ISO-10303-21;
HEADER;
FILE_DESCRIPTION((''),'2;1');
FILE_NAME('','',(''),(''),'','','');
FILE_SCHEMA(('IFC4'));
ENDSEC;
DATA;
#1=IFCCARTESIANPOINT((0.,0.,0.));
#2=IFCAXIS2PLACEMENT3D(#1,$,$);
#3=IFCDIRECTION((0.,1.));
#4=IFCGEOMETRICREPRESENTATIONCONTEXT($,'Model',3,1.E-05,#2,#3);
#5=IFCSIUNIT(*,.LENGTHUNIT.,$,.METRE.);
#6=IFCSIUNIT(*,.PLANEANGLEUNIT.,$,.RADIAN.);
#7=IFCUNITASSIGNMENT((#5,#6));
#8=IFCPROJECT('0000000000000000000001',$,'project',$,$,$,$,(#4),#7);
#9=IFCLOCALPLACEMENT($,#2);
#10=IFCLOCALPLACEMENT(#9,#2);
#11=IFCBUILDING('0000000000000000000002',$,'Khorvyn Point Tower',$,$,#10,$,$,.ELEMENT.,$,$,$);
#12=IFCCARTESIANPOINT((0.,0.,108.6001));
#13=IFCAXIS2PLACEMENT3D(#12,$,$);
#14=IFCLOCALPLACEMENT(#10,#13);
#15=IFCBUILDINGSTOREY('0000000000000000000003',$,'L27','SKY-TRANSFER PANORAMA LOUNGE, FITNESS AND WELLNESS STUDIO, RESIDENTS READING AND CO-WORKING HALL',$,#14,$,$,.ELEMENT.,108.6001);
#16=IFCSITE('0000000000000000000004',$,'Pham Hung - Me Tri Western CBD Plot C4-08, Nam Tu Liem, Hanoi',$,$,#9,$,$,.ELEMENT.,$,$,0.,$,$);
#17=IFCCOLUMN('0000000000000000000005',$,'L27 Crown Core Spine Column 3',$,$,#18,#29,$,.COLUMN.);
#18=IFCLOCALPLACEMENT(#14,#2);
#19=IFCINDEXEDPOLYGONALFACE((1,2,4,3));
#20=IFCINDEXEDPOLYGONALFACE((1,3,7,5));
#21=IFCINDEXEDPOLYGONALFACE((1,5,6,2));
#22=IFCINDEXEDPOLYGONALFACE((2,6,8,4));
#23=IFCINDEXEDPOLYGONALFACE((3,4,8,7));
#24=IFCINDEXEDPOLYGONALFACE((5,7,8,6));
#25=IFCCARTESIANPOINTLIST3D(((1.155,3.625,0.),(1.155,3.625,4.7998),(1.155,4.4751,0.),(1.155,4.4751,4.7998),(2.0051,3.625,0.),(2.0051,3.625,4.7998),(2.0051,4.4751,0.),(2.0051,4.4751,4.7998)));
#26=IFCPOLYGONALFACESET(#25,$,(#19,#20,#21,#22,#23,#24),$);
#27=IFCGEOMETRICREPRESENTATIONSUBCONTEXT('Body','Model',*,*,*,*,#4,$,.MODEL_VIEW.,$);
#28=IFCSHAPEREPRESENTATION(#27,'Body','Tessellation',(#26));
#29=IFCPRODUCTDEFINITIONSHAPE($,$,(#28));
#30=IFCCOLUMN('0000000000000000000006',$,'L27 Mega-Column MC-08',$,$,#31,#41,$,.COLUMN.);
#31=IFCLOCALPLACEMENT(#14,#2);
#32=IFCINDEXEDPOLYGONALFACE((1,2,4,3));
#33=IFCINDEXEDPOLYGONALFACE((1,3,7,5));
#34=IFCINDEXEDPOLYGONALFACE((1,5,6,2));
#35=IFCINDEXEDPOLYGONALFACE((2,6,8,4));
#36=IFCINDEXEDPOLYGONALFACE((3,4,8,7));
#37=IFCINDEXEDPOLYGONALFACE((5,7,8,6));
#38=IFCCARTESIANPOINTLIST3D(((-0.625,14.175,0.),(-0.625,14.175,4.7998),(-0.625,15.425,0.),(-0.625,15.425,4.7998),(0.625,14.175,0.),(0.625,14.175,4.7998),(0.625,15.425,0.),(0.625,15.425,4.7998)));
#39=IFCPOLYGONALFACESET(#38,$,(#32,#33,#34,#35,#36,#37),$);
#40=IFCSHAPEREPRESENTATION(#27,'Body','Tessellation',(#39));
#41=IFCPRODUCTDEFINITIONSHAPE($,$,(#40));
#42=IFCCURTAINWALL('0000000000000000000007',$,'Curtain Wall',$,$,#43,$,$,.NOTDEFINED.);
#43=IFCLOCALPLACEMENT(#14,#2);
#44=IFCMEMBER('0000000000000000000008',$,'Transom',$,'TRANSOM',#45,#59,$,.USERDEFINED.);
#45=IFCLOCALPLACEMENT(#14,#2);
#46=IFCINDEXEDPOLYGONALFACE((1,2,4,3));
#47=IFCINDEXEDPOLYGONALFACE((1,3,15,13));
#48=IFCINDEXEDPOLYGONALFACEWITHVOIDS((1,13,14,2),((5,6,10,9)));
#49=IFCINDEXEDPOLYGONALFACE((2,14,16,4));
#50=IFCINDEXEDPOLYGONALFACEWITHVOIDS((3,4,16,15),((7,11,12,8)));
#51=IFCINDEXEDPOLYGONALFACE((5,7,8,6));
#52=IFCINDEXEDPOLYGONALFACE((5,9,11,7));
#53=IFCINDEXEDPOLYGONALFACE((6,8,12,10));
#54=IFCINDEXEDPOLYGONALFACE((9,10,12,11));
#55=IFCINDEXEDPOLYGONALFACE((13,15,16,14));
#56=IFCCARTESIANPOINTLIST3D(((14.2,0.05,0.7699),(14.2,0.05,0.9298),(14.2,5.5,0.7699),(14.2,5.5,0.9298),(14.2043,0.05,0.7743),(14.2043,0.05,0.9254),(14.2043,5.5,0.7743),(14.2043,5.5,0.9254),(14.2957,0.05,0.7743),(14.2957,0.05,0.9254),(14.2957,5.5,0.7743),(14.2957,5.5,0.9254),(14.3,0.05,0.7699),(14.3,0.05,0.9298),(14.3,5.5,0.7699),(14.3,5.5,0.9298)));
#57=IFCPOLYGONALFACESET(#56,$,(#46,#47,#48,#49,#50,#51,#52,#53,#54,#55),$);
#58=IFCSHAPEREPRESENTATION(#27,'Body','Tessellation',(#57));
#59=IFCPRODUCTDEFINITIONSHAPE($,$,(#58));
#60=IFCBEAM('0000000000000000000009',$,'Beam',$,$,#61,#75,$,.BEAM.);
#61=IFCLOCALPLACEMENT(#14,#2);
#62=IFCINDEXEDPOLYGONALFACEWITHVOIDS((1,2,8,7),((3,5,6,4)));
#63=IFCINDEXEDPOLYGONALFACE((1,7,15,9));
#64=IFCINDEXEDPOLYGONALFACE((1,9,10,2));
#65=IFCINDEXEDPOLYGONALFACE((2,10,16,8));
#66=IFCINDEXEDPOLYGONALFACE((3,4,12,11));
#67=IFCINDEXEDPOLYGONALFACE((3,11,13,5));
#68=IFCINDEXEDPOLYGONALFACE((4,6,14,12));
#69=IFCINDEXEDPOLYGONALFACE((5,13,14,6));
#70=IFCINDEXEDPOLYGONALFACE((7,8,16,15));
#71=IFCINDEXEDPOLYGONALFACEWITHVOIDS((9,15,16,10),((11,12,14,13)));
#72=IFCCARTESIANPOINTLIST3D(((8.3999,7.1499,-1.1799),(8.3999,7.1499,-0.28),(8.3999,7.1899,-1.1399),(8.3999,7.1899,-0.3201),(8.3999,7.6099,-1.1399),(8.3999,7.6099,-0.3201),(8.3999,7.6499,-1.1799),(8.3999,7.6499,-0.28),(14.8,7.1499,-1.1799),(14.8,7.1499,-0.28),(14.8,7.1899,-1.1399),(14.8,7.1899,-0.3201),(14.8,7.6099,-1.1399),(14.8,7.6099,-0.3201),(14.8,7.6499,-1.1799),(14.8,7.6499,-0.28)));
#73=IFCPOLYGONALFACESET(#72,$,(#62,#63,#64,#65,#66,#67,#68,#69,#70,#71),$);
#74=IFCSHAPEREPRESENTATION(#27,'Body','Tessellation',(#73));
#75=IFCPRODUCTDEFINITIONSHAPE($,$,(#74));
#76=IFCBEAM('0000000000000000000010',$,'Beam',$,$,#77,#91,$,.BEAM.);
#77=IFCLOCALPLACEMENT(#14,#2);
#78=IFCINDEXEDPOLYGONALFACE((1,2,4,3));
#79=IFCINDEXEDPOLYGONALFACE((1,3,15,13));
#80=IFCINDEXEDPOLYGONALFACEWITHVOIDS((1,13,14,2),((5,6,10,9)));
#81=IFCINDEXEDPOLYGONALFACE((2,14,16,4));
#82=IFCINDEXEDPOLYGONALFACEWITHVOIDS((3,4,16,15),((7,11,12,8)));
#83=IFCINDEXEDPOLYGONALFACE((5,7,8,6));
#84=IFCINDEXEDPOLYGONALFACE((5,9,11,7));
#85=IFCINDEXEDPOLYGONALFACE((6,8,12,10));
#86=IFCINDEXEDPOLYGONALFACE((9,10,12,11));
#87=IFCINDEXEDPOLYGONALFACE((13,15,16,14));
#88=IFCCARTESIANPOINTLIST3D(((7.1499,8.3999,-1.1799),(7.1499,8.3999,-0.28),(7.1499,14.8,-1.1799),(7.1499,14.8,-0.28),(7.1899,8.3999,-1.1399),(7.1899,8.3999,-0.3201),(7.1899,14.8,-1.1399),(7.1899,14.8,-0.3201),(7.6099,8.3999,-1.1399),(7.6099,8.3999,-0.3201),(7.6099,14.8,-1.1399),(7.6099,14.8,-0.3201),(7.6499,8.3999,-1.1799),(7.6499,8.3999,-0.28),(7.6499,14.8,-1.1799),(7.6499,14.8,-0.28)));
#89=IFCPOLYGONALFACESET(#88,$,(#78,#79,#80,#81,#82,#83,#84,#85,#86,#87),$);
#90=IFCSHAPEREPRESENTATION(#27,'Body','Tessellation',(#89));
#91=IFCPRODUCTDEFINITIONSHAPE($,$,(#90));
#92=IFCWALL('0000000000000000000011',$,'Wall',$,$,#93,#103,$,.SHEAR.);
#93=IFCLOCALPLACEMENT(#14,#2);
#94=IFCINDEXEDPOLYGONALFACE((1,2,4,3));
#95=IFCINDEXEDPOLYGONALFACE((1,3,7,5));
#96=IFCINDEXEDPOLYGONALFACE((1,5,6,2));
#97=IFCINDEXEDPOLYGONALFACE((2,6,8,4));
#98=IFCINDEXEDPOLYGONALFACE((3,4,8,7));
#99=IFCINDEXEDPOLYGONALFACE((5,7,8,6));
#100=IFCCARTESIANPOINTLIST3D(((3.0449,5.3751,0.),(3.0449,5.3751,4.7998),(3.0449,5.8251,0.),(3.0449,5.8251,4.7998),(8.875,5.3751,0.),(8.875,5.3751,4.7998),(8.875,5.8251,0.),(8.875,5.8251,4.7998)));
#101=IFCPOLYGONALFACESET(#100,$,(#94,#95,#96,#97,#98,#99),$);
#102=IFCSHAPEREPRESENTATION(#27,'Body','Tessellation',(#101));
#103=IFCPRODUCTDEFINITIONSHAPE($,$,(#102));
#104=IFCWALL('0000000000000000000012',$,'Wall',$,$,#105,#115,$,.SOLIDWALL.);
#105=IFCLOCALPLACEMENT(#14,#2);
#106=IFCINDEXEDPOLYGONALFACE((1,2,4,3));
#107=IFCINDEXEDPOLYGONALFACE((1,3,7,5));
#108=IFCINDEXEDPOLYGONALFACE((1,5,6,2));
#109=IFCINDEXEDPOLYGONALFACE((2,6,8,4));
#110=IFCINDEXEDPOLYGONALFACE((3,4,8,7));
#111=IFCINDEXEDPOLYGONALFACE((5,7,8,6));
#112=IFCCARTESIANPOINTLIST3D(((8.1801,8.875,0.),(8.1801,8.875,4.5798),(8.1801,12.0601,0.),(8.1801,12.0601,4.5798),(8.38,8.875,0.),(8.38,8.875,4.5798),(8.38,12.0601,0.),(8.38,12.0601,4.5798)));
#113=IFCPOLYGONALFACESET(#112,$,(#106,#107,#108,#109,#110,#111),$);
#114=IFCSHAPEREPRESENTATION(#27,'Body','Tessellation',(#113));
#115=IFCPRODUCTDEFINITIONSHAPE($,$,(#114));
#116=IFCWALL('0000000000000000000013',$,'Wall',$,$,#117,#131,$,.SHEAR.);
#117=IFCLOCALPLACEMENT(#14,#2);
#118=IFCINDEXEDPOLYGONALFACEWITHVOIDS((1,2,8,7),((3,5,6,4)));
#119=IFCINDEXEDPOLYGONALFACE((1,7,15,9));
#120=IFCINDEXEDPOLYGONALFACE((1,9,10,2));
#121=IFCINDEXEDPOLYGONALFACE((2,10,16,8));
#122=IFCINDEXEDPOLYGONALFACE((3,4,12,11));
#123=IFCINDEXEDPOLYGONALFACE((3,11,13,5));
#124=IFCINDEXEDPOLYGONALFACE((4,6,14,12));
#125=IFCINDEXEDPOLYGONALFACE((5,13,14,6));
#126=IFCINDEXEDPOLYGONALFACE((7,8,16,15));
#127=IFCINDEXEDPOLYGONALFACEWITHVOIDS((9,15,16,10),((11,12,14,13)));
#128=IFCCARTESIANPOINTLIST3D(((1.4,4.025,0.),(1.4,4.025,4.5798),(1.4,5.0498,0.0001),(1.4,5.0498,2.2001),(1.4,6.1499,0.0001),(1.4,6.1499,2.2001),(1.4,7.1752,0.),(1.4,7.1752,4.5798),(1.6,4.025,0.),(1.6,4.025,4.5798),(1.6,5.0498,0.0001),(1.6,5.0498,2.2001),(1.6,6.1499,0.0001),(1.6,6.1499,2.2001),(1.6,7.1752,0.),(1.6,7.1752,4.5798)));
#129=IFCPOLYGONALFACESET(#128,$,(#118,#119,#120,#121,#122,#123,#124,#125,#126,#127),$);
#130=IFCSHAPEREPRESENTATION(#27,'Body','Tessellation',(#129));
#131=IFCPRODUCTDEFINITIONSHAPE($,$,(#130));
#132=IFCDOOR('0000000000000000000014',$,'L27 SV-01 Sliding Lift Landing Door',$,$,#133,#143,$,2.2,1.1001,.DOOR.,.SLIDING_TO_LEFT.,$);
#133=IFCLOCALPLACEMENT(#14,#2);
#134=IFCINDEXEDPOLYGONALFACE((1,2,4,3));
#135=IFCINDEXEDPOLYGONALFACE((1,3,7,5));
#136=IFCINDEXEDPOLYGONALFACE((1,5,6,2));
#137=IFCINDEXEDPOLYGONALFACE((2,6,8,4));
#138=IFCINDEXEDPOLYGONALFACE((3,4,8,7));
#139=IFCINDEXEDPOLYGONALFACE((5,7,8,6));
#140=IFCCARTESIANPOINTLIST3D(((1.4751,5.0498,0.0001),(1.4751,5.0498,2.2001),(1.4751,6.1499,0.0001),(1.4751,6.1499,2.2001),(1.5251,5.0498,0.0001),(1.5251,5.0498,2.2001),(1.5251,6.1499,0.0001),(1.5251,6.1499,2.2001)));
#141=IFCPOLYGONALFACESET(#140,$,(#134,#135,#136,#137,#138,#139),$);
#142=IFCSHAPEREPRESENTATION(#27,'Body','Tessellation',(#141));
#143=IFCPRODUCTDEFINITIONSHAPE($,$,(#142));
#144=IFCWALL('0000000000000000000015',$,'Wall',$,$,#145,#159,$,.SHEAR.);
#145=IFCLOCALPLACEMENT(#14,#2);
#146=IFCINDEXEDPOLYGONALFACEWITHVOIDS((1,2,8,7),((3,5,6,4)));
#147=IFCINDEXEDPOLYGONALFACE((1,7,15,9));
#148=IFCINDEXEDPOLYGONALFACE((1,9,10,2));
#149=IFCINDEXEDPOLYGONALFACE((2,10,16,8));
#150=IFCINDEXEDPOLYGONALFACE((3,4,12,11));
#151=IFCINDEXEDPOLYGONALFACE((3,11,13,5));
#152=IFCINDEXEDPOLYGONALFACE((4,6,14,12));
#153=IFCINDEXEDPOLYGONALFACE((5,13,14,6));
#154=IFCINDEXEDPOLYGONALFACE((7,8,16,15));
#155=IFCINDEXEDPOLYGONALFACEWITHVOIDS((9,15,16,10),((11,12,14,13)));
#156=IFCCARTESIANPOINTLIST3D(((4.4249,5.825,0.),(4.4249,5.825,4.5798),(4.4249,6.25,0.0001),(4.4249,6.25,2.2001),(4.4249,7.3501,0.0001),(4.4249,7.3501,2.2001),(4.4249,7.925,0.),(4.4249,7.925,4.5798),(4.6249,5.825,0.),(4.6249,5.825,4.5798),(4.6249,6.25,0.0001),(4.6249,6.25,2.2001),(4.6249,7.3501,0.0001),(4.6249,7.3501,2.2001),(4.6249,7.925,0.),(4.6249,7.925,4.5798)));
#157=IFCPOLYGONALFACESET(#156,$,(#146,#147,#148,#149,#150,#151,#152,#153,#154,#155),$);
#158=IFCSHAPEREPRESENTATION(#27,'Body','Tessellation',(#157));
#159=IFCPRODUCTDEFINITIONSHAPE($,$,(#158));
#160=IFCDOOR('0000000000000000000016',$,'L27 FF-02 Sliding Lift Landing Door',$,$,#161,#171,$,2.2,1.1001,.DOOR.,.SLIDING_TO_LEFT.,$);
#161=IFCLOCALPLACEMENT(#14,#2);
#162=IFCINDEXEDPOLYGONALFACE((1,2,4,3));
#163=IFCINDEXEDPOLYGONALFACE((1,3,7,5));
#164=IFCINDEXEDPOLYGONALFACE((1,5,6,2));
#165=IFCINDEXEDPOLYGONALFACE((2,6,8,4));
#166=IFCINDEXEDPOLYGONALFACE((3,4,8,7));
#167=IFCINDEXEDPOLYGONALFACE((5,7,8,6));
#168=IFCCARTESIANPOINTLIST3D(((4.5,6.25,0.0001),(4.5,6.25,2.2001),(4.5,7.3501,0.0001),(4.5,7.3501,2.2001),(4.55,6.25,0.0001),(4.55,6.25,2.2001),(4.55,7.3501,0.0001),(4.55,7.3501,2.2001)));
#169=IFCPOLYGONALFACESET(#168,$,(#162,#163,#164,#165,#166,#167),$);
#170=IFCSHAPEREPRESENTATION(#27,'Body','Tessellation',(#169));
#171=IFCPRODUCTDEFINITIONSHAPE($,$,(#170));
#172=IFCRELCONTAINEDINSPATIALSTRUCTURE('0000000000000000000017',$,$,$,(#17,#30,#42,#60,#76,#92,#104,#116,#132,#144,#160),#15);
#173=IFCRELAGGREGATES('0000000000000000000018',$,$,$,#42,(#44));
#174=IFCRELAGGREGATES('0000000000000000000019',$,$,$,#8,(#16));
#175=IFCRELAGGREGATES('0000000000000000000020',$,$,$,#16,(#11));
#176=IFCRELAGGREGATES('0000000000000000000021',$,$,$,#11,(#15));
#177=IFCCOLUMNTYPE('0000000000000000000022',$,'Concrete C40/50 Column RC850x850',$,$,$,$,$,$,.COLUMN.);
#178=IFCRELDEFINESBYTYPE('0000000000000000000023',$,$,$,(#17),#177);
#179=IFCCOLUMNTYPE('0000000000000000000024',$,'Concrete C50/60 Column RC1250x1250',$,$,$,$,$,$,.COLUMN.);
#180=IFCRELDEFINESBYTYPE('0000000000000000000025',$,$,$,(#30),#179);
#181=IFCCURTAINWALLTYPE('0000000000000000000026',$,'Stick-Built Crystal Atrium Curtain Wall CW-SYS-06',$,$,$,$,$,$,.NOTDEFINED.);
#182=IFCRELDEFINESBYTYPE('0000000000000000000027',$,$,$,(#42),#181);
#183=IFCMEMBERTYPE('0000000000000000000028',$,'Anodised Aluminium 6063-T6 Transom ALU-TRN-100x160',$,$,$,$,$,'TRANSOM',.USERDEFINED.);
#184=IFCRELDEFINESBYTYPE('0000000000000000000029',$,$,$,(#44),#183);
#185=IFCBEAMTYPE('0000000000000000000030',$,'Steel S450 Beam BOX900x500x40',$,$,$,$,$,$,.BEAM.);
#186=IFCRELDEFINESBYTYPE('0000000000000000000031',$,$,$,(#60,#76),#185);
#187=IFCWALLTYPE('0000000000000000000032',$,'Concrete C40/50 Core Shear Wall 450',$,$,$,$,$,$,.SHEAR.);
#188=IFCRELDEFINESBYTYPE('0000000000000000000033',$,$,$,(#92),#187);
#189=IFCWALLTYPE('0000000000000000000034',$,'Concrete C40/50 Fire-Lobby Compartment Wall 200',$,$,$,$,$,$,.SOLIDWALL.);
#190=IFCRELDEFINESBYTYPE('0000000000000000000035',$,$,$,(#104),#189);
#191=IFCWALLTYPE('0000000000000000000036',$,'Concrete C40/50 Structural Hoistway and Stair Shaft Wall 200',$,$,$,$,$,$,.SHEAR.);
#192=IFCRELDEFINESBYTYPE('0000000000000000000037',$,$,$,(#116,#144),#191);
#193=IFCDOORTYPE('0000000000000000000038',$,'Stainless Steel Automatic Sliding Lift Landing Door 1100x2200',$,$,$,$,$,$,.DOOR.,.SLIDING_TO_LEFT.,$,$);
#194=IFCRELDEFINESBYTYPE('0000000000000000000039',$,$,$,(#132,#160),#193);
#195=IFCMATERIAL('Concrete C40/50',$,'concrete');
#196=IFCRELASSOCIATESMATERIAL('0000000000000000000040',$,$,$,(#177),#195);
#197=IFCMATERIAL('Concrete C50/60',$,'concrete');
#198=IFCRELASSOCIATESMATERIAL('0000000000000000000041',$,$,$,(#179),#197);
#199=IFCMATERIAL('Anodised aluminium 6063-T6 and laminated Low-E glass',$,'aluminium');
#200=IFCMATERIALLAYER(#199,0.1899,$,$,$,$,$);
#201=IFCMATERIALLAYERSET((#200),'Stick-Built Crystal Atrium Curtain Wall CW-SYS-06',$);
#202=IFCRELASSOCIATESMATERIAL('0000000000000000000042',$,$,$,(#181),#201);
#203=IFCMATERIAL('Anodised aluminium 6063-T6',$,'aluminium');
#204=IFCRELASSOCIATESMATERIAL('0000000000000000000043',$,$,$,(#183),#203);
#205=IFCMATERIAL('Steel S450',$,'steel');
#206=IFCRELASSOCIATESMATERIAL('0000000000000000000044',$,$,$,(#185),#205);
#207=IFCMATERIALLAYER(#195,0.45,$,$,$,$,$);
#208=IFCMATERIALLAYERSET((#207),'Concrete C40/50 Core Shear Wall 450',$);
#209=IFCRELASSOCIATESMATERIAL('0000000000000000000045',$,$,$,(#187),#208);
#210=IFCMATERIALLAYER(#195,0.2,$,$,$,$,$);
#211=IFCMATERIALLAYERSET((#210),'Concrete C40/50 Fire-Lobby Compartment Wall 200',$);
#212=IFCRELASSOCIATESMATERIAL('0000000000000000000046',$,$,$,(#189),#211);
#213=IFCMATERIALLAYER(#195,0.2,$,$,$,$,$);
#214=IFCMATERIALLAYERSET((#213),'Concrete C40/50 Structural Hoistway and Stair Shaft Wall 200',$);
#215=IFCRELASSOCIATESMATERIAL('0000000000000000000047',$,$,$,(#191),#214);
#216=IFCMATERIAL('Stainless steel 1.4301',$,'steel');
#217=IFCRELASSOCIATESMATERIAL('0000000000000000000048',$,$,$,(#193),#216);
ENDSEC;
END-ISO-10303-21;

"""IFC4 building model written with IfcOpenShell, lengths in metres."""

from ifc_helpers import new_model, si_unit, direction, frame, frame_2d, origin, origin_2d, place, context, subcontext, project, spatial, rectangle, hollow_rectangle, extrude, material, layer, layer_set, material_profile, profile_set, type_object, element, fill, aggregate, save


model = new_model("IFC4")

# Units and contexts
model_context = context("Model", 3, precision=1e-05, world=origin(), true_north=direction((0.0, 1.0)))
body_context = subcontext(model_context, "Body", "Model", "MODEL_VIEW")
ifc_project = project(units=[si_unit("LENGTHUNIT", "METRE"), si_unit("PLANEANGLEUNIT", "RADIAN")], contexts=[model_context])

# Site, building, storey
site_placement = place(None, origin())
site = spatial("IfcSite", under=ifc_project, at=site_placement, Name="Pham Hung - Me Tri Western CBD Plot C4-08, Nam Tu Liem, Hanoi", CompositionType="ELEMENT", RefElevation=0.0)
building_placement = place(site_placement, origin())
building = spatial("IfcBuilding", under=site, at=building_placement, Name="Khorvyn Point Tower", CompositionType="ELEMENT")
storey_placement = place(building_placement, frame((0.0, 0.0, 108.6001)))
storey = spatial("IfcBuildingStorey", under=building, at=storey_placement, Name="L27", Description="SKY-TRANSFER PANORAMA LOUNGE, FITNESS AND WELLNESS STUDIO, RESIDENTS READING AND CO-WORKING HALL", CompositionType="ELEMENT", Elevation=108.6001)

# Columns
ifc_material_1 = material(Name="Concrete C40/50", Category="concrete")
ifc_material_profile_1 = material_profile(ifc_material_1, rectangle(XDim=0.8501, YDim=0.8501, at=origin_2d()))
ifc_profile_set_1 = profile_set([ifc_material_profile_1], Name="Concrete C40/50 RC850x850")
column_type_1 = type_object("IfcColumnType", Name="Concrete C40/50 Column RC850x850", PredefinedType="COLUMN", material=ifc_profile_set_1)
column_1_placement = place(storey_placement, frame((1.5801, 4.05, 0.0), z_axis=(0.0, 0.0, 1.0), x_axis=(1.0, 0.0, 0.0)))
element("IfcColumn", 1, at=column_1_placement, inside=storey, type_object=column_type_1, Name="L27 Crown Core Spine Column 3", PredefinedType="COLUMN", context=body_context, shape_type="SweptSolid", body=[
    extrude(rectangle(XDim=0.8501, YDim=0.8501, at=origin_2d()), origin(), (0.0, 0.0, 1.0), 4.7998),
])
ifc_material_2 = material(Name="Concrete C50/60", Category="concrete")
ifc_material_profile_2 = material_profile(ifc_material_2, rectangle(XDim=1.25, YDim=1.25, at=origin_2d()))
ifc_profile_set_2 = profile_set([ifc_material_profile_2], Name="Concrete C50/60 RC1250x1250")
column_type_2 = type_object("IfcColumnType", Name="Concrete C50/60 Column RC1250x1250", PredefinedType="COLUMN", material=ifc_profile_set_2)
column_2_placement = place(storey_placement, frame((0.0, 14.8, 0.0), z_axis=(0.0, 0.0, 1.0), x_axis=(1.0, 0.0, 0.0)))
element("IfcColumn", 2, at=column_2_placement, inside=storey, type_object=column_type_2, Name="L27 Mega-Column MC-08", PredefinedType="COLUMN", context=body_context, shape_type="SweptSolid", body=[
    extrude(rectangle(XDim=1.25, YDim=1.25, at=origin_2d()), origin(), (0.0, 0.0, 1.0), 4.7998),
])

# Curtain wall, member
ifc_material_3 = material(Name="Anodised aluminium 6063-T6 and laminated Low-E glass", Category="aluminium")
ifc_layer_1 = layer(ifc_material_3, 0.1899)
ifc_layer_set_1 = layer_set([ifc_layer_1], Name="Stick-Built Crystal Atrium Curtain Wall CW-SYS-06")
curtain_wall_type = type_object("IfcCurtainWallType", Name="Stick-Built Crystal Atrium Curtain Wall CW-SYS-06", PredefinedType="NOTDEFINED", material=ifc_layer_set_1)
curtain_wall_placement = place(storey_placement, origin())
curtain_wall = element("IfcCurtainWall", 3, at=curtain_wall_placement, inside=storey, type_object=curtain_wall_type, Name="Curtain Wall", PredefinedType="NOTDEFINED")
ifc_material_4 = material(Name="Anodised aluminium 6063-T6", Category="aluminium")
ifc_material_profile_3 = material_profile(ifc_material_4, hollow_rectangle(XDim=0.1001, YDim=0.1599, WallThickness=0.0044, at=origin_2d()))
ifc_profile_set_3 = profile_set([ifc_material_profile_3], Name="Anodised aluminium 6063-T6 ALU-TRN-100x160")
member_type = type_object("IfcMemberType", Name="Anodised Aluminium 6063-T6 Transom ALU-TRN-100x160", ElementType="TRANSOM", PredefinedType="USERDEFINED", material=ifc_profile_set_3)
member_placement = place(storey_placement, frame((14.25, 0.05, 0.8499), z_axis=(0.0, 1.0, 0.0), x_axis=(-1.0, 0.0, 0.0)))
member = element("IfcMember", 4, at=member_placement, type_object=member_type, Name="Transom", ObjectType="TRANSOM", PredefinedType="USERDEFINED", context=body_context, shape_type="SweptSolid", body=[
    extrude(hollow_rectangle(XDim=0.1001, YDim=0.1599, WallThickness=0.0044, at=origin_2d()), origin(), (0.0, 0.0, 1.0), 5.45),
])
aggregate(curtain_wall, [member])

# Beams
ifc_material_5 = material(Name="Steel S450", Category="steel")
ifc_material_profile_4 = material_profile(ifc_material_5, hollow_rectangle(XDim=0.5, YDim=0.8999, WallThickness=0.04, at=origin_2d()))
ifc_profile_set_4 = profile_set([ifc_material_profile_4], Name="Steel S450 BOX900x500x40")
beam_type = type_object("IfcBeamType", Name="Steel S450 Beam BOX900x500x40", PredefinedType="BEAM", material=ifc_profile_set_4)
for number, where, z_axis, x_axis, name in (
    (5, (8.3999, 7.3999, -0.73), (1.0, 0.0, 0.0), (0.0, 1.0, 0.0), "Beam"),
    (6, (7.3999, 8.3999, -0.73), (0.0, 1.0, 0.0), (-1.0, 0.0, 0.0), "Beam"),
):
    element("IfcBeam", number, at=place(storey_placement, frame(where, z_axis=z_axis, x_axis=x_axis)), inside=storey, type_object=beam_type, Name=name, PredefinedType="BEAM", context=body_context, shape_type="SweptSolid", body=[
        extrude(hollow_rectangle(XDim=0.5, YDim=0.8999, WallThickness=0.04, at=origin_2d()), origin(), (0.0, 0.0, 1.0), 6.4001),
    ])

# Wall
ifc_layer_2 = layer(ifc_material_1, 0.45)
ifc_layer_set_2 = layer_set([ifc_layer_2], Name="Concrete C40/50 Core Shear Wall 450")
wall_type_1 = type_object("IfcWallType", Name="Concrete C40/50 Core Shear Wall 450", PredefinedType="SHEAR", material=ifc_layer_set_2)
wall_1_placement = place(storey_placement, frame((3.0449, 5.6001, 0.0), z_axis=(0.0, 0.0, 1.0), x_axis=(1.0, 0.0, 0.0)))
element("IfcWall", 7, at=wall_1_placement, inside=storey, type_object=wall_type_1, Name="Wall", PredefinedType="SHEAR", context=body_context, shape_type="SweptSolid", body=[
    extrude(rectangle(XDim=5.8301, YDim=0.45, at=frame_2d((2.915, 0.0))), origin(), (0.0, 0.0, 1.0), 4.7998),
])

# Shared definitions
ifc_layer_3 = layer(ifc_material_1, 0.2)
ifc_layer_set_3 = layer_set([ifc_layer_3], Name="Concrete C40/50 Fire-Lobby Compartment Wall 200")
wall_type_2 = type_object("IfcWallType", Name="Concrete C40/50 Fire-Lobby Compartment Wall 200", PredefinedType="SOLIDWALL", material=ifc_layer_set_3)

# Wall
wall_2_placement = place(storey_placement, frame((8.28, 8.875, 0.0), z_axis=(0.0, 0.0, 1.0), x_axis=(0.0, 1.0, 0.0)))
element("IfcWall", 8, at=wall_2_placement, inside=storey, type_object=wall_type_2, Name="Wall", PredefinedType="SOLIDWALL", context=body_context, shape_type="SweptSolid", body=[
    extrude(rectangle(XDim=3.1851, YDim=0.2, at=frame_2d((1.5925, 0.0))), origin(), (0.0, 0.0, 1.0), 4.5798),
])

# Walls, openings, doors
ifc_layer_4 = layer(ifc_material_1, 0.2)
ifc_layer_set_4 = layer_set([ifc_layer_4], Name="Concrete C40/50 Structural Hoistway and Stair Shaft Wall 200")
wall_type_3 = type_object("IfcWallType", Name="Concrete C40/50 Structural Hoistway and Stair Shaft Wall 200", PredefinedType="SHEAR", material=ifc_layer_set_4)
wall_3_placement = place(storey_placement, frame((1.5, 4.0249, 0.0), z_axis=(0.0, 0.0, 1.0), x_axis=(0.0, 1.0, 0.0)))
wall_3 = element("IfcWall", 9, at=wall_3_placement, inside=storey, type_object=wall_type_3, Name="Wall", PredefinedType="SHEAR", context=body_context, shape_type="SweptSolid", body=[
    extrude(rectangle(XDim=3.1501, YDim=0.2, at=frame_2d((1.5752, 0.0))), origin(), (0.0, 0.0, 1.0), 4.5798),
])
opening_1_placement = place(wall_3_placement, frame((1.0249, 0.0, 0.0)))
opening_1 = element("IfcOpeningElement", 10, at=opening_1_placement, cuts=wall_3, PredefinedType="OPENING", context=body_context, shape_type="SweptSolid", body=[
    extrude(rectangle(XDim=1.1001, YDim=2.2, at=frame_2d((0.55, 1.1001))), frame((0.0, 0.1099, 0.0), z_axis=(0.0, -1.0, 0.0), x_axis=(1.0, 0.0, 0.0)), (0.0, 0.0, 1.0), 0.22),
])
ifc_material_6 = material(Name="Stainless steel 1.4301", Category="steel")
door_type_1 = type_object("IfcDoorType", Name="Stainless Steel Automatic Sliding Lift Landing Door 1100x2200", OperationType="SLIDING_TO_LEFT", PredefinedType="DOOR", material=ifc_material_6)
door_1_placement = place(opening_1_placement, origin())
door_1 = element("IfcDoor", 11, at=door_1_placement, inside=storey, type_object=door_type_1, Name="L27 SV-01 Sliding Lift Landing Door", OperationType="SLIDING_TO_LEFT", OverallHeight=2.2, OverallWidth=1.1001, PredefinedType="DOOR", context=body_context, shape_type="SweptSolid", body=[
    extrude(rectangle(XDim=1.1001, YDim=2.2, at=frame_2d((0.55, 1.1001))), frame((0.0, 0.0249, 0.0), z_axis=(0.0, -1.0, 0.0), x_axis=(1.0, 0.0, 0.0)), (0.0, 0.0, 1.0), 0.05),
])
fill(opening_1, door_1)
wall_4_placement = place(storey_placement, frame((4.5249, 5.825, 0.0), z_axis=(0.0, 0.0, 1.0), x_axis=(0.0, 1.0, 0.0)))
wall_4 = element("IfcWall", 12, at=wall_4_placement, inside=storey, type_object=wall_type_3, Name="Wall", PredefinedType="SHEAR", context=body_context, shape_type="SweptSolid", body=[
    extrude(rectangle(XDim=2.1001, YDim=0.2, at=frame_2d((1.05, 0.0))), origin(), (0.0, 0.0, 1.0), 4.5798),
])
opening_2_placement = place(wall_4_placement, frame((0.425, 0.0, 0.0)))
opening_2 = element("IfcOpeningElement", 13, at=opening_2_placement, cuts=wall_4, PredefinedType="OPENING", context=body_context, shape_type="SweptSolid", body=[
    extrude(rectangle(XDim=1.1001, YDim=2.2, at=frame_2d((0.55, 1.1001))), frame((0.0, 0.1099, 0.0), z_axis=(0.0, -1.0, 0.0), x_axis=(1.0, 0.0, 0.0)), (0.0, 0.0, 1.0), 0.22),
])
door_2_placement = place(opening_2_placement, origin())
door_2 = element("IfcDoor", 14, at=door_2_placement, inside=storey, type_object=door_type_1, Name="L27 FF-02 Sliding Lift Landing Door", OperationType="SLIDING_TO_LEFT", OverallHeight=2.2, OverallWidth=1.1001, PredefinedType="DOOR", context=body_context, shape_type="SweptSolid", body=[
    extrude(rectangle(XDim=1.1001, YDim=2.2, at=frame_2d((0.55, 1.1001))), frame((0.0, 0.0249, 0.0), z_axis=(0.0, -1.0, 0.0), x_axis=(1.0, 0.0, 0.0)), (0.0, 0.0, 1.0), 0.05),
])
fill(opening_2, door_2)

save(model, "model.ifc")
